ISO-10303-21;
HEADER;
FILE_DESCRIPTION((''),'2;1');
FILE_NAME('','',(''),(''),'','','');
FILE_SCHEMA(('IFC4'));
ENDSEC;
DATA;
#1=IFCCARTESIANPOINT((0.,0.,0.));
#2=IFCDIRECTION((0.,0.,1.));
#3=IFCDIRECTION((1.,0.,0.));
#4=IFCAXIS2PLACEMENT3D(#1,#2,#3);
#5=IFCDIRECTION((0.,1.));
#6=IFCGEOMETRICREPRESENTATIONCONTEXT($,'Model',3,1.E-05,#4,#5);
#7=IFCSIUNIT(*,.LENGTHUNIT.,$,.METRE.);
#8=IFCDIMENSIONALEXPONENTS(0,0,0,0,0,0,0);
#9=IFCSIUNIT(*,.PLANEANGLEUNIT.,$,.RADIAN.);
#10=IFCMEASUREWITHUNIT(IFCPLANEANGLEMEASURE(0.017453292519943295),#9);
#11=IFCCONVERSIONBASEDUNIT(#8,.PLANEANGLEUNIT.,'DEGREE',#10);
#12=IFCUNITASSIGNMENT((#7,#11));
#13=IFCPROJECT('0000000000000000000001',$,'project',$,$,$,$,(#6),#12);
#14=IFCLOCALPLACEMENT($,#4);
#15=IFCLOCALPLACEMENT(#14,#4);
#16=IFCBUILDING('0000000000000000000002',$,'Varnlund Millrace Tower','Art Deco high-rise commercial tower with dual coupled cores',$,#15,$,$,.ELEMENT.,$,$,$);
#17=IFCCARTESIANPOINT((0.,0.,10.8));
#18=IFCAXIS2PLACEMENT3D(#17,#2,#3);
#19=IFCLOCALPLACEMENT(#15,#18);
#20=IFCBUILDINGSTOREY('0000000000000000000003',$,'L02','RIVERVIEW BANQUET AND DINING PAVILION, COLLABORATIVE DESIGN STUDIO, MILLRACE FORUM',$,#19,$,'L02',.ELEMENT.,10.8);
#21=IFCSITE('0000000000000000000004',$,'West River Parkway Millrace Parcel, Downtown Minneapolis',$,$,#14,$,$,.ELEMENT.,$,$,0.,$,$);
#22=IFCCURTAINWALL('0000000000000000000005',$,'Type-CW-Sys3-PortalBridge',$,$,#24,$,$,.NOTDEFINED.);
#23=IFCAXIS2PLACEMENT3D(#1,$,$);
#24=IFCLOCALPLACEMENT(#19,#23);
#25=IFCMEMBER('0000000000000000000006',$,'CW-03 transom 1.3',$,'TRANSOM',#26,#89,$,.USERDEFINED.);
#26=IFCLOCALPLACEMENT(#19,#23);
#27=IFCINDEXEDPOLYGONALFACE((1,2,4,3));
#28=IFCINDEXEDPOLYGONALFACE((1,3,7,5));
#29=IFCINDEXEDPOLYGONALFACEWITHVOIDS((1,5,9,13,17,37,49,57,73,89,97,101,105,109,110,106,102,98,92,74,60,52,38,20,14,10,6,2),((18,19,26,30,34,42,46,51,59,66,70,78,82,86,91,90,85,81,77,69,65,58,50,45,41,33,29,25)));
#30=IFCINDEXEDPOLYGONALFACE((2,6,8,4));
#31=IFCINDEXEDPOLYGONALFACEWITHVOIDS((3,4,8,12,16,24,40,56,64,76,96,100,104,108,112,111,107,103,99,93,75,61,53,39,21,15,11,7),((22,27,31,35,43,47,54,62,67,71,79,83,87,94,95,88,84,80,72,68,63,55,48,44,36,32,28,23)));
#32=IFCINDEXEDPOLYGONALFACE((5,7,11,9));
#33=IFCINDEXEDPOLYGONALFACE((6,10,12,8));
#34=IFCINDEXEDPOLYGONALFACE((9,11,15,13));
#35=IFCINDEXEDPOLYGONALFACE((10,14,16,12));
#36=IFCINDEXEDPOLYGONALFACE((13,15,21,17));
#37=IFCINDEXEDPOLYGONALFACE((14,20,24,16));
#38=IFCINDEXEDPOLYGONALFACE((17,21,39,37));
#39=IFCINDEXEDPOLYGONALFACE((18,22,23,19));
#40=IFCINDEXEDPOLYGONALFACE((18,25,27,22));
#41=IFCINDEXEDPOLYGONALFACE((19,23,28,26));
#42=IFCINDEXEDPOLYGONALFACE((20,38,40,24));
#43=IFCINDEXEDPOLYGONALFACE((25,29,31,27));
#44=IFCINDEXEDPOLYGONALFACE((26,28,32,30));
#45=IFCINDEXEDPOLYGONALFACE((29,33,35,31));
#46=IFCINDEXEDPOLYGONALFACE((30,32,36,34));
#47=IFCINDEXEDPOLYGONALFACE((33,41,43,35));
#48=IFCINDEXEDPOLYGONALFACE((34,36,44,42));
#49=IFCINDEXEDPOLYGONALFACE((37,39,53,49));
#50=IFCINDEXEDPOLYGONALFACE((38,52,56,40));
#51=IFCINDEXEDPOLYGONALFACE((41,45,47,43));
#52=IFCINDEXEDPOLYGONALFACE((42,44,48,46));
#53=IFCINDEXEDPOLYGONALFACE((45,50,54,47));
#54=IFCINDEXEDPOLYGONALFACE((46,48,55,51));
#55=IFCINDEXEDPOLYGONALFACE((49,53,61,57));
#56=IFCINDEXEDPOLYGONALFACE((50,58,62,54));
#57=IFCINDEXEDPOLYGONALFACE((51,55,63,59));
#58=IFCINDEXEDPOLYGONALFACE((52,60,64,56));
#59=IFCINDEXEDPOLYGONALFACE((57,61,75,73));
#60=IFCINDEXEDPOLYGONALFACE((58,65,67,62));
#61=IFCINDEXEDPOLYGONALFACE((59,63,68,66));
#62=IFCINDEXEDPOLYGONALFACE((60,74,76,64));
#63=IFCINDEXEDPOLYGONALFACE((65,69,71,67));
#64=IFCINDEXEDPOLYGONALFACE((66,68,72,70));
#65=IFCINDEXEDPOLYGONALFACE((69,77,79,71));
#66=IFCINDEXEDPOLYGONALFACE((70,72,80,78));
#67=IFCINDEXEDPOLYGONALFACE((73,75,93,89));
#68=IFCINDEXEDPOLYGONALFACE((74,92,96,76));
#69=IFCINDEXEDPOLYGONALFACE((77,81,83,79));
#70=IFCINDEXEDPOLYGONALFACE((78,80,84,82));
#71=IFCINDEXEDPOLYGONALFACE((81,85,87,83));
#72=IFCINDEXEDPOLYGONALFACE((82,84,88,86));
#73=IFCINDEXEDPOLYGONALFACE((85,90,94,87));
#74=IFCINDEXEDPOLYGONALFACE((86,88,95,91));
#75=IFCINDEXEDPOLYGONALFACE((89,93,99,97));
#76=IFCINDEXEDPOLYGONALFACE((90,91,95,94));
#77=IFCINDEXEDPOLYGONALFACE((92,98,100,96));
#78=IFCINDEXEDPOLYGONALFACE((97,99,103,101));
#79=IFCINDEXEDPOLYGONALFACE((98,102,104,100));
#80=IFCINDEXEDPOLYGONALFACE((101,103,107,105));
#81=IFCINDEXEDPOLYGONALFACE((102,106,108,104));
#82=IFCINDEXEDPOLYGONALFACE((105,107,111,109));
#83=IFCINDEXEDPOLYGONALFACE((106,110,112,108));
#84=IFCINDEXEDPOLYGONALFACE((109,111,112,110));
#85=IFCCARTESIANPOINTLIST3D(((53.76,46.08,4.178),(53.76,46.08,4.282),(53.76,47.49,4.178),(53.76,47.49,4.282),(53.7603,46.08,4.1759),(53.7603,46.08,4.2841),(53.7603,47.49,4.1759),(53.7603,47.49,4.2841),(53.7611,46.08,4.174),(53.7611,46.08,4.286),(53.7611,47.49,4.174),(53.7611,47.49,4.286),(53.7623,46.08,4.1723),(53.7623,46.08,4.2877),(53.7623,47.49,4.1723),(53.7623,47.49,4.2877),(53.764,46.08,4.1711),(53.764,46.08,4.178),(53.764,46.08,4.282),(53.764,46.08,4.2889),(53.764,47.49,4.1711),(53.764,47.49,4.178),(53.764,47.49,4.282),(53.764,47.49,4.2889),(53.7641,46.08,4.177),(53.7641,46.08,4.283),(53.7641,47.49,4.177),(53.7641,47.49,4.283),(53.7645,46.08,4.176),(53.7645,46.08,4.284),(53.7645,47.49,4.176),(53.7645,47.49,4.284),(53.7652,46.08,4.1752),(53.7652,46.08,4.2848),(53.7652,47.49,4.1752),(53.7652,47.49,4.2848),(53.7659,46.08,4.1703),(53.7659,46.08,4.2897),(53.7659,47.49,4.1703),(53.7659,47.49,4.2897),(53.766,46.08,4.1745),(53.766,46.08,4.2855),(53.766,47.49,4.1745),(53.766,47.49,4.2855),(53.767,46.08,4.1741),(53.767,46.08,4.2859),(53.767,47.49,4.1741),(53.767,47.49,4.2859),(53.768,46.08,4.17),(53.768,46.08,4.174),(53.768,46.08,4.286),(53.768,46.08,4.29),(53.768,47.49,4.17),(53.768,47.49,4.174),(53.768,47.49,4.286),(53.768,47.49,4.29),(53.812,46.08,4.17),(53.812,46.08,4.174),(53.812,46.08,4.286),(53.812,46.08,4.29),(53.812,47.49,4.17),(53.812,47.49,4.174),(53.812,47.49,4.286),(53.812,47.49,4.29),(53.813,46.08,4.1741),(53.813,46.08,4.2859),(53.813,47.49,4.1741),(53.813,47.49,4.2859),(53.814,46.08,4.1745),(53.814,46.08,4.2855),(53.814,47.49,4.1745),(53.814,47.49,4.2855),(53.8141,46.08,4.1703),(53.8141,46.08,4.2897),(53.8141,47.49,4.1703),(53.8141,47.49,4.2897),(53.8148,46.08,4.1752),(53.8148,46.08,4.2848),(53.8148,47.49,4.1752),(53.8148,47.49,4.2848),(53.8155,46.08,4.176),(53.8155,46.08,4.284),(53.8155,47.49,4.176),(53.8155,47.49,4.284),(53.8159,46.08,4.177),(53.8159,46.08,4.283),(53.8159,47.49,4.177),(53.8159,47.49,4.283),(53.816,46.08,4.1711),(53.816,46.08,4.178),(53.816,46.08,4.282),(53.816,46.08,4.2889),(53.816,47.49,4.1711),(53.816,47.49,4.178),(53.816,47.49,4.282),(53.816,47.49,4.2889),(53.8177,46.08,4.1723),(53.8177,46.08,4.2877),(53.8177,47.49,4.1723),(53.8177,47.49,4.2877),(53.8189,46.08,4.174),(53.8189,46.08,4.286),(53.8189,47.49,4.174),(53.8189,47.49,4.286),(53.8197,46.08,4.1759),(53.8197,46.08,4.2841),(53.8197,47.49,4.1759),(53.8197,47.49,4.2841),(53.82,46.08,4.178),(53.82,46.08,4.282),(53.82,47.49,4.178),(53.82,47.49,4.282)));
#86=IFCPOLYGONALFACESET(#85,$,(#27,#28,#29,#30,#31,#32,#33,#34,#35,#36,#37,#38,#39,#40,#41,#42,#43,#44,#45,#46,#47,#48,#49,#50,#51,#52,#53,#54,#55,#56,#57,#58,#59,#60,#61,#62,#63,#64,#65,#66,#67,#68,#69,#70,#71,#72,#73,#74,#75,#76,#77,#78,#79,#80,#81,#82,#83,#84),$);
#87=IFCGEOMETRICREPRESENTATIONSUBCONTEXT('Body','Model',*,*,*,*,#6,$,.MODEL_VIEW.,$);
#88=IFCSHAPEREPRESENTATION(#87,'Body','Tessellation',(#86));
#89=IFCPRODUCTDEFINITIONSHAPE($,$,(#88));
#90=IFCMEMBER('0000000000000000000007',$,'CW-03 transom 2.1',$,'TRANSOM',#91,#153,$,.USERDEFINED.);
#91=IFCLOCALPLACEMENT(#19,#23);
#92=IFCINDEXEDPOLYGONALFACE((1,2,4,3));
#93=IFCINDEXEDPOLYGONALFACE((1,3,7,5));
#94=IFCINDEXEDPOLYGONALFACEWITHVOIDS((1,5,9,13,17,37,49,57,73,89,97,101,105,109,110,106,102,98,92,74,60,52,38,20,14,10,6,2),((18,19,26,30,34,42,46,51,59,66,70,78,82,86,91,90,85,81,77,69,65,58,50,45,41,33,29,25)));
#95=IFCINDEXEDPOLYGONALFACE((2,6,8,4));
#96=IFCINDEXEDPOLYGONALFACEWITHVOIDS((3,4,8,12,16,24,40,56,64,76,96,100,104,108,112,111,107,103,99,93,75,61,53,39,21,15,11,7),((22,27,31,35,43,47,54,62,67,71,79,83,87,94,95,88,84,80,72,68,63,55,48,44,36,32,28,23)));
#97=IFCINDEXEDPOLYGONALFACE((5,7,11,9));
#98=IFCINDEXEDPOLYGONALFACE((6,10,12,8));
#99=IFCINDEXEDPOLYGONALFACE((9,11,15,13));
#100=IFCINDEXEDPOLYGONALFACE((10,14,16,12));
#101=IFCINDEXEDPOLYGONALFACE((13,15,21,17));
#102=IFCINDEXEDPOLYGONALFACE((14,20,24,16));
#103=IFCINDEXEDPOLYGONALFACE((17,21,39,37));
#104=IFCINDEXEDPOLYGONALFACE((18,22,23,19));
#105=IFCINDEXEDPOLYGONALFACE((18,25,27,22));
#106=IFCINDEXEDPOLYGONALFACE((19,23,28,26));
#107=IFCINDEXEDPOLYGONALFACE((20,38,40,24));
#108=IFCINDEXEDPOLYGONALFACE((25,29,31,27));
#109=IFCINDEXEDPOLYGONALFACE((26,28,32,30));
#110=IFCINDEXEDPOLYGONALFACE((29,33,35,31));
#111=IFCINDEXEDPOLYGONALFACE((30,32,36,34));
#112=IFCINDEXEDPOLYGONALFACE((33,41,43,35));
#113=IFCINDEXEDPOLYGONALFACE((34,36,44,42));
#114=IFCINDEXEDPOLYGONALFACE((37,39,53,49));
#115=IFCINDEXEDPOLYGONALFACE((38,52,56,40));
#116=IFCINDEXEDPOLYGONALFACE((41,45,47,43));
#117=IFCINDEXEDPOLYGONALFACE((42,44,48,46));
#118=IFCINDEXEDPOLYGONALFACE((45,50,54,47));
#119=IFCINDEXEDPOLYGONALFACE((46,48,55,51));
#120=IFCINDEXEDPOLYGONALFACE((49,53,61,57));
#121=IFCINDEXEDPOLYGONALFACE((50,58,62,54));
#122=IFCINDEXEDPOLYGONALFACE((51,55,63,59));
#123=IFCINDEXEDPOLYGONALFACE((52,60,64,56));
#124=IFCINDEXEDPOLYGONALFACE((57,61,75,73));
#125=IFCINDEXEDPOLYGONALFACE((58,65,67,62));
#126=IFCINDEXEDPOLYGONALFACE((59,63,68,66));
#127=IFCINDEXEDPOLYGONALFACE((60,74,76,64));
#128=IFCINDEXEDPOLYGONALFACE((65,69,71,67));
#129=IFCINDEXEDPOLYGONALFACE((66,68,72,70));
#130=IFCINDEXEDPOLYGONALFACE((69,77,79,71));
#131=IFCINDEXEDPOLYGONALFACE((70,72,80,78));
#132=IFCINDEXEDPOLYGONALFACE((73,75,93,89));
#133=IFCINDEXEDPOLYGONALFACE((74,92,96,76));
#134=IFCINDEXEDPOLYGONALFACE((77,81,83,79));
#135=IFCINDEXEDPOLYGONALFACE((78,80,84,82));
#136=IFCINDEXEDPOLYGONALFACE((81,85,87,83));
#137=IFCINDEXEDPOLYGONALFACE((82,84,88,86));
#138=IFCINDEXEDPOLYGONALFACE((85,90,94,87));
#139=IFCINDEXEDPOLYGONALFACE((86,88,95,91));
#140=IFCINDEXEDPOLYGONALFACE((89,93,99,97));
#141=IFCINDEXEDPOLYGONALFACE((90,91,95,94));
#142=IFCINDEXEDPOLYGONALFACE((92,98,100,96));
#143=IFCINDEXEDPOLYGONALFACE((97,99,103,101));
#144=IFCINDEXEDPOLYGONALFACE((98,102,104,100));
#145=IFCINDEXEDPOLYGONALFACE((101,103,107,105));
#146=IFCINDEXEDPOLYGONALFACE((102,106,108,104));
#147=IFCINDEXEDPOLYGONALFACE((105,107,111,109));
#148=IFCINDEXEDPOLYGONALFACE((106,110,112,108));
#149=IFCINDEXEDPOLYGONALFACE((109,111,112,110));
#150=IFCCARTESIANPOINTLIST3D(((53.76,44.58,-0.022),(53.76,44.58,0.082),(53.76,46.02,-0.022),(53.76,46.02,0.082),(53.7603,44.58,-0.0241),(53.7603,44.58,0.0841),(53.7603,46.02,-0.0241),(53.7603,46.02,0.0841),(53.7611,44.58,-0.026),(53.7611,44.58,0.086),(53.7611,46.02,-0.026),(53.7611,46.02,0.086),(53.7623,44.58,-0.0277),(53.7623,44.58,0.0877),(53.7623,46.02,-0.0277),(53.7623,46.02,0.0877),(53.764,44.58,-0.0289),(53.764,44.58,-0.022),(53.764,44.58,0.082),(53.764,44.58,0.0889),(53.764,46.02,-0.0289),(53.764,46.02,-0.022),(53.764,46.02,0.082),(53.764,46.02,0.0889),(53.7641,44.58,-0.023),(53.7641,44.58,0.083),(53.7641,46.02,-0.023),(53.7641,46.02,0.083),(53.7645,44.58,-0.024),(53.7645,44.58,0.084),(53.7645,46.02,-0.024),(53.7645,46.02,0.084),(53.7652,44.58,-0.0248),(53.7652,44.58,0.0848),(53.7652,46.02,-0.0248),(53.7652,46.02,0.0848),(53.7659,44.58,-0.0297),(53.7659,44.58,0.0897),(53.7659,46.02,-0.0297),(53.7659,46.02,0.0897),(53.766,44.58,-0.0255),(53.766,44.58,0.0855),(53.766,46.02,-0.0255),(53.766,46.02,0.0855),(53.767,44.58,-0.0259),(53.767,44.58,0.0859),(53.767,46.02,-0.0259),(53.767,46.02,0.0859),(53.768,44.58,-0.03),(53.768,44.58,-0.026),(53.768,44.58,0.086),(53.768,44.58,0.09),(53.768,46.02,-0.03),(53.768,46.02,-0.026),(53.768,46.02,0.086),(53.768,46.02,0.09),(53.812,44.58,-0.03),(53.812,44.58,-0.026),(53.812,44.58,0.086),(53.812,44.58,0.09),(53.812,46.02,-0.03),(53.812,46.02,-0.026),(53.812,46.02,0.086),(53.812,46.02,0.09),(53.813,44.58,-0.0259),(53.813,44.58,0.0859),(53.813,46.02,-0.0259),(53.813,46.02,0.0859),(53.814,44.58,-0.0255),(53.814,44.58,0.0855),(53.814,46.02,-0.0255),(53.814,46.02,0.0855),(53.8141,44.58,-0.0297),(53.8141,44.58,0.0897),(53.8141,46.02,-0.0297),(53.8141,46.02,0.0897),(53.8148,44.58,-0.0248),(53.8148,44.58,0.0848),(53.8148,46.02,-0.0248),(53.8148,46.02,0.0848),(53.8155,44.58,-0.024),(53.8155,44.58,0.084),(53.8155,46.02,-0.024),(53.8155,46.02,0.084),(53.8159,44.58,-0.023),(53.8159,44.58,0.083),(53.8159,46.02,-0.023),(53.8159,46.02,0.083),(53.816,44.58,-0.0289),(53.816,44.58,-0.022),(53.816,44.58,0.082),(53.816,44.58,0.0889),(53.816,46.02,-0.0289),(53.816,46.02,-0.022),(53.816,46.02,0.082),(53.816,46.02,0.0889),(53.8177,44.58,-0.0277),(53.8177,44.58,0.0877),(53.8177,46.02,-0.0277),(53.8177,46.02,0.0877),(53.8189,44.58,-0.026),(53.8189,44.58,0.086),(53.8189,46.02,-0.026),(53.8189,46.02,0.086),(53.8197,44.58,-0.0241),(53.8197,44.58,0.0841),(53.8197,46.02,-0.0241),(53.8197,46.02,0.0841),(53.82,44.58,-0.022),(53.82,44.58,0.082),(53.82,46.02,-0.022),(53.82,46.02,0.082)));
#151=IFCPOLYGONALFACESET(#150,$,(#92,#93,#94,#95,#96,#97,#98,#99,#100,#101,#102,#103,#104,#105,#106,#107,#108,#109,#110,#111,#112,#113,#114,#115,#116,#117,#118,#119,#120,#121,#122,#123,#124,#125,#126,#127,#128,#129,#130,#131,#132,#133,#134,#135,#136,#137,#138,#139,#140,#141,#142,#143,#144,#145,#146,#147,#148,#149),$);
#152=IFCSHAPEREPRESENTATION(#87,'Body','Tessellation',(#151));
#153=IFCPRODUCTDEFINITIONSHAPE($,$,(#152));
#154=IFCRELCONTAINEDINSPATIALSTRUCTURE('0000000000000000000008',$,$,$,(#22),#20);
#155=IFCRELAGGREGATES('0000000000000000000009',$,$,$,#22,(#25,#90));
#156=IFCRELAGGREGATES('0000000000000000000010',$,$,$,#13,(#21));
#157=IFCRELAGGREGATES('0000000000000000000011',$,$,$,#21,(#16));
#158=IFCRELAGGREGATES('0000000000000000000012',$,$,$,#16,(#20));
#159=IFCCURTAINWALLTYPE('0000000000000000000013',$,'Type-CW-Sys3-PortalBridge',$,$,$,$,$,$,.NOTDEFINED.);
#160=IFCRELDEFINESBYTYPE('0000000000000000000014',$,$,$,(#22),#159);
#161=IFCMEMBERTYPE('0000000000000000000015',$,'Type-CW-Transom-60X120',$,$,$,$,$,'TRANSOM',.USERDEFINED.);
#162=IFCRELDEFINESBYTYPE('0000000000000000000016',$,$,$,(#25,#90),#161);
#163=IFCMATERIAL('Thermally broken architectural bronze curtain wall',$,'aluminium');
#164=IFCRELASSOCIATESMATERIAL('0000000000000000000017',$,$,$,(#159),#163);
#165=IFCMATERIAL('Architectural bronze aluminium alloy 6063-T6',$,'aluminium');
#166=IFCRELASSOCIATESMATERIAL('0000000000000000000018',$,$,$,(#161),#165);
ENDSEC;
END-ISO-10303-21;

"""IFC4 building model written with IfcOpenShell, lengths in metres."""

from ifc_helpers import new_model, entity, si_unit, converted_unit, direction, frame, origin_with_axes, origin_2d_with_axis, place, context, subcontext, project, spatial, hollow_rectangle, extrude, material, material_profile, profile_set, type_object, element, aggregate, save


model = new_model("IFC4")

# Units and contexts
model_context = context("Model", 3, precision=1e-05, world=origin_with_axes(), true_north=direction((0.0, 1.0)))
body_context = subcontext(model_context, "Body", "Model", "MODEL_VIEW")
ifc_project = project(units=[si_unit("LENGTHUNIT", "METRE"), converted_unit("PLANEANGLEUNIT", "DEGREE", entity("IfcPlaneAngleMeasure", 0.017453292519943295), si_unit("PLANEANGLEUNIT", "RADIAN"), dimensions=[0, 0, 0, 0, 0, 0, 0])], contexts=[model_context])

# Site, building, storey
site_placement = place(None, origin_with_axes())
site = spatial("IfcSite", under=ifc_project, at=site_placement, Name="West River Parkway Millrace Parcel, Downtown Minneapolis", CompositionType="ELEMENT", RefElevation=0.0)
building_placement = place(site_placement, origin_with_axes())
building = spatial("IfcBuilding", under=site, at=building_placement, Name="Varnlund Millrace Tower", Description="Art Deco high-rise commercial tower with dual coupled cores", CompositionType="ELEMENT")
storey_placement = place(building_placement, frame((0.0, 0.0, 10.8), z_axis=(0.0, 0.0, 1.0), x_axis=(1.0, 0.0, 0.0)))
storey = spatial("IfcBuildingStorey", under=building, at=storey_placement, Name="L02", Description="RIVERVIEW BANQUET AND DINING PAVILION, COLLABORATIVE DESIGN STUDIO, MILLRACE FORUM", LongName="L02", CompositionType="ELEMENT", Elevation=10.8)

# Curtain wall
ifc_material_1 = material(Name="Thermally broken architectural bronze curtain wall", Category="aluminium")
curtain_wall_type = type_object("IfcCurtainWallType", Name="Type-CW-Sys3-PortalBridge", PredefinedType="NOTDEFINED", material=ifc_material_1)
ifc_material_2 = material(Name="Architectural bronze aluminium alloy 6063-T6", Category="aluminium")
curtain_wall_1_placement = place(storey_placement, frame((53.79, 47.55, 0.0), z_axis=(0.0, 0.0, 1.0), x_axis=(1.0, 0.0, 0.0)))
curtain_wall_1 = element("IfcCurtainWall", 1, at=curtain_wall_1_placement, inside=storey, type_object=curtain_wall_type, Name="Type-CW-Sys3-PortalBridge", PredefinedType="NOTDEFINED")

# Members
ifc_material_profile_1 = material_profile(ifc_material_2, hollow_rectangle(XDim=0.06, YDim=0.12, WallThickness=0.004, InnerFilletRadius=0.004, OuterFilletRadius=0.008, at=origin_2d_with_axis()), Name="Architectural bronze aluminium alloy 6063-T6")
ifc_profile_set_1 = profile_set([ifc_material_profile_1], Name="Architectural bronze aluminium alloy 6063-T6")
member_type_1 = type_object("IfcMemberType", Name="Type-CW-Transom-60X120", ElementType="TRANSOM", PredefinedType="USERDEFINED", material=ifc_profile_set_1)
member_1_placement = place(storey_placement, frame((53.79, 47.49, 4.23), z_axis=(0.0, -1.0, 0.0), x_axis=(1.0, 0.0, 0.0)))
member_1 = element("IfcMember", 2, at=member_1_placement, type_object=member_type_1, Name="CW-03 transom 1.3", ObjectType="TRANSOM", PredefinedType="USERDEFINED", context=body_context, shape_type="SweptSolid", body=[
    extrude(hollow_rectangle(XDim=0.06, YDim=0.12, WallThickness=0.004, InnerFilletRadius=0.004, OuterFilletRadius=0.008, at=origin_2d_with_axis()), origin_with_axes(), (0.0, 0.0, 1.0), 1.41),
])
member_2_placement = place(storey_placement, frame((53.79, 46.02, 0.03), z_axis=(0.0, -1.0, 0.0), x_axis=(1.0, 0.0, 0.0)))
member_2 = element("IfcMember", 3, at=member_2_placement, type_object=member_type_1, Name="CW-03 transom 2.1", ObjectType="TRANSOM", PredefinedType="USERDEFINED", context=body_context, shape_type="SweptSolid", body=[
    extrude(hollow_rectangle(XDim=0.06, YDim=0.12, WallThickness=0.004, InnerFilletRadius=0.004, OuterFilletRadius=0.008, at=origin_2d_with_axis()), origin_with_axes(), (0.0, 0.0, 1.0), 1.44),
])

aggregate(curtain_wall_1, [member_1, member_2])

save(model, "model.ifc")
